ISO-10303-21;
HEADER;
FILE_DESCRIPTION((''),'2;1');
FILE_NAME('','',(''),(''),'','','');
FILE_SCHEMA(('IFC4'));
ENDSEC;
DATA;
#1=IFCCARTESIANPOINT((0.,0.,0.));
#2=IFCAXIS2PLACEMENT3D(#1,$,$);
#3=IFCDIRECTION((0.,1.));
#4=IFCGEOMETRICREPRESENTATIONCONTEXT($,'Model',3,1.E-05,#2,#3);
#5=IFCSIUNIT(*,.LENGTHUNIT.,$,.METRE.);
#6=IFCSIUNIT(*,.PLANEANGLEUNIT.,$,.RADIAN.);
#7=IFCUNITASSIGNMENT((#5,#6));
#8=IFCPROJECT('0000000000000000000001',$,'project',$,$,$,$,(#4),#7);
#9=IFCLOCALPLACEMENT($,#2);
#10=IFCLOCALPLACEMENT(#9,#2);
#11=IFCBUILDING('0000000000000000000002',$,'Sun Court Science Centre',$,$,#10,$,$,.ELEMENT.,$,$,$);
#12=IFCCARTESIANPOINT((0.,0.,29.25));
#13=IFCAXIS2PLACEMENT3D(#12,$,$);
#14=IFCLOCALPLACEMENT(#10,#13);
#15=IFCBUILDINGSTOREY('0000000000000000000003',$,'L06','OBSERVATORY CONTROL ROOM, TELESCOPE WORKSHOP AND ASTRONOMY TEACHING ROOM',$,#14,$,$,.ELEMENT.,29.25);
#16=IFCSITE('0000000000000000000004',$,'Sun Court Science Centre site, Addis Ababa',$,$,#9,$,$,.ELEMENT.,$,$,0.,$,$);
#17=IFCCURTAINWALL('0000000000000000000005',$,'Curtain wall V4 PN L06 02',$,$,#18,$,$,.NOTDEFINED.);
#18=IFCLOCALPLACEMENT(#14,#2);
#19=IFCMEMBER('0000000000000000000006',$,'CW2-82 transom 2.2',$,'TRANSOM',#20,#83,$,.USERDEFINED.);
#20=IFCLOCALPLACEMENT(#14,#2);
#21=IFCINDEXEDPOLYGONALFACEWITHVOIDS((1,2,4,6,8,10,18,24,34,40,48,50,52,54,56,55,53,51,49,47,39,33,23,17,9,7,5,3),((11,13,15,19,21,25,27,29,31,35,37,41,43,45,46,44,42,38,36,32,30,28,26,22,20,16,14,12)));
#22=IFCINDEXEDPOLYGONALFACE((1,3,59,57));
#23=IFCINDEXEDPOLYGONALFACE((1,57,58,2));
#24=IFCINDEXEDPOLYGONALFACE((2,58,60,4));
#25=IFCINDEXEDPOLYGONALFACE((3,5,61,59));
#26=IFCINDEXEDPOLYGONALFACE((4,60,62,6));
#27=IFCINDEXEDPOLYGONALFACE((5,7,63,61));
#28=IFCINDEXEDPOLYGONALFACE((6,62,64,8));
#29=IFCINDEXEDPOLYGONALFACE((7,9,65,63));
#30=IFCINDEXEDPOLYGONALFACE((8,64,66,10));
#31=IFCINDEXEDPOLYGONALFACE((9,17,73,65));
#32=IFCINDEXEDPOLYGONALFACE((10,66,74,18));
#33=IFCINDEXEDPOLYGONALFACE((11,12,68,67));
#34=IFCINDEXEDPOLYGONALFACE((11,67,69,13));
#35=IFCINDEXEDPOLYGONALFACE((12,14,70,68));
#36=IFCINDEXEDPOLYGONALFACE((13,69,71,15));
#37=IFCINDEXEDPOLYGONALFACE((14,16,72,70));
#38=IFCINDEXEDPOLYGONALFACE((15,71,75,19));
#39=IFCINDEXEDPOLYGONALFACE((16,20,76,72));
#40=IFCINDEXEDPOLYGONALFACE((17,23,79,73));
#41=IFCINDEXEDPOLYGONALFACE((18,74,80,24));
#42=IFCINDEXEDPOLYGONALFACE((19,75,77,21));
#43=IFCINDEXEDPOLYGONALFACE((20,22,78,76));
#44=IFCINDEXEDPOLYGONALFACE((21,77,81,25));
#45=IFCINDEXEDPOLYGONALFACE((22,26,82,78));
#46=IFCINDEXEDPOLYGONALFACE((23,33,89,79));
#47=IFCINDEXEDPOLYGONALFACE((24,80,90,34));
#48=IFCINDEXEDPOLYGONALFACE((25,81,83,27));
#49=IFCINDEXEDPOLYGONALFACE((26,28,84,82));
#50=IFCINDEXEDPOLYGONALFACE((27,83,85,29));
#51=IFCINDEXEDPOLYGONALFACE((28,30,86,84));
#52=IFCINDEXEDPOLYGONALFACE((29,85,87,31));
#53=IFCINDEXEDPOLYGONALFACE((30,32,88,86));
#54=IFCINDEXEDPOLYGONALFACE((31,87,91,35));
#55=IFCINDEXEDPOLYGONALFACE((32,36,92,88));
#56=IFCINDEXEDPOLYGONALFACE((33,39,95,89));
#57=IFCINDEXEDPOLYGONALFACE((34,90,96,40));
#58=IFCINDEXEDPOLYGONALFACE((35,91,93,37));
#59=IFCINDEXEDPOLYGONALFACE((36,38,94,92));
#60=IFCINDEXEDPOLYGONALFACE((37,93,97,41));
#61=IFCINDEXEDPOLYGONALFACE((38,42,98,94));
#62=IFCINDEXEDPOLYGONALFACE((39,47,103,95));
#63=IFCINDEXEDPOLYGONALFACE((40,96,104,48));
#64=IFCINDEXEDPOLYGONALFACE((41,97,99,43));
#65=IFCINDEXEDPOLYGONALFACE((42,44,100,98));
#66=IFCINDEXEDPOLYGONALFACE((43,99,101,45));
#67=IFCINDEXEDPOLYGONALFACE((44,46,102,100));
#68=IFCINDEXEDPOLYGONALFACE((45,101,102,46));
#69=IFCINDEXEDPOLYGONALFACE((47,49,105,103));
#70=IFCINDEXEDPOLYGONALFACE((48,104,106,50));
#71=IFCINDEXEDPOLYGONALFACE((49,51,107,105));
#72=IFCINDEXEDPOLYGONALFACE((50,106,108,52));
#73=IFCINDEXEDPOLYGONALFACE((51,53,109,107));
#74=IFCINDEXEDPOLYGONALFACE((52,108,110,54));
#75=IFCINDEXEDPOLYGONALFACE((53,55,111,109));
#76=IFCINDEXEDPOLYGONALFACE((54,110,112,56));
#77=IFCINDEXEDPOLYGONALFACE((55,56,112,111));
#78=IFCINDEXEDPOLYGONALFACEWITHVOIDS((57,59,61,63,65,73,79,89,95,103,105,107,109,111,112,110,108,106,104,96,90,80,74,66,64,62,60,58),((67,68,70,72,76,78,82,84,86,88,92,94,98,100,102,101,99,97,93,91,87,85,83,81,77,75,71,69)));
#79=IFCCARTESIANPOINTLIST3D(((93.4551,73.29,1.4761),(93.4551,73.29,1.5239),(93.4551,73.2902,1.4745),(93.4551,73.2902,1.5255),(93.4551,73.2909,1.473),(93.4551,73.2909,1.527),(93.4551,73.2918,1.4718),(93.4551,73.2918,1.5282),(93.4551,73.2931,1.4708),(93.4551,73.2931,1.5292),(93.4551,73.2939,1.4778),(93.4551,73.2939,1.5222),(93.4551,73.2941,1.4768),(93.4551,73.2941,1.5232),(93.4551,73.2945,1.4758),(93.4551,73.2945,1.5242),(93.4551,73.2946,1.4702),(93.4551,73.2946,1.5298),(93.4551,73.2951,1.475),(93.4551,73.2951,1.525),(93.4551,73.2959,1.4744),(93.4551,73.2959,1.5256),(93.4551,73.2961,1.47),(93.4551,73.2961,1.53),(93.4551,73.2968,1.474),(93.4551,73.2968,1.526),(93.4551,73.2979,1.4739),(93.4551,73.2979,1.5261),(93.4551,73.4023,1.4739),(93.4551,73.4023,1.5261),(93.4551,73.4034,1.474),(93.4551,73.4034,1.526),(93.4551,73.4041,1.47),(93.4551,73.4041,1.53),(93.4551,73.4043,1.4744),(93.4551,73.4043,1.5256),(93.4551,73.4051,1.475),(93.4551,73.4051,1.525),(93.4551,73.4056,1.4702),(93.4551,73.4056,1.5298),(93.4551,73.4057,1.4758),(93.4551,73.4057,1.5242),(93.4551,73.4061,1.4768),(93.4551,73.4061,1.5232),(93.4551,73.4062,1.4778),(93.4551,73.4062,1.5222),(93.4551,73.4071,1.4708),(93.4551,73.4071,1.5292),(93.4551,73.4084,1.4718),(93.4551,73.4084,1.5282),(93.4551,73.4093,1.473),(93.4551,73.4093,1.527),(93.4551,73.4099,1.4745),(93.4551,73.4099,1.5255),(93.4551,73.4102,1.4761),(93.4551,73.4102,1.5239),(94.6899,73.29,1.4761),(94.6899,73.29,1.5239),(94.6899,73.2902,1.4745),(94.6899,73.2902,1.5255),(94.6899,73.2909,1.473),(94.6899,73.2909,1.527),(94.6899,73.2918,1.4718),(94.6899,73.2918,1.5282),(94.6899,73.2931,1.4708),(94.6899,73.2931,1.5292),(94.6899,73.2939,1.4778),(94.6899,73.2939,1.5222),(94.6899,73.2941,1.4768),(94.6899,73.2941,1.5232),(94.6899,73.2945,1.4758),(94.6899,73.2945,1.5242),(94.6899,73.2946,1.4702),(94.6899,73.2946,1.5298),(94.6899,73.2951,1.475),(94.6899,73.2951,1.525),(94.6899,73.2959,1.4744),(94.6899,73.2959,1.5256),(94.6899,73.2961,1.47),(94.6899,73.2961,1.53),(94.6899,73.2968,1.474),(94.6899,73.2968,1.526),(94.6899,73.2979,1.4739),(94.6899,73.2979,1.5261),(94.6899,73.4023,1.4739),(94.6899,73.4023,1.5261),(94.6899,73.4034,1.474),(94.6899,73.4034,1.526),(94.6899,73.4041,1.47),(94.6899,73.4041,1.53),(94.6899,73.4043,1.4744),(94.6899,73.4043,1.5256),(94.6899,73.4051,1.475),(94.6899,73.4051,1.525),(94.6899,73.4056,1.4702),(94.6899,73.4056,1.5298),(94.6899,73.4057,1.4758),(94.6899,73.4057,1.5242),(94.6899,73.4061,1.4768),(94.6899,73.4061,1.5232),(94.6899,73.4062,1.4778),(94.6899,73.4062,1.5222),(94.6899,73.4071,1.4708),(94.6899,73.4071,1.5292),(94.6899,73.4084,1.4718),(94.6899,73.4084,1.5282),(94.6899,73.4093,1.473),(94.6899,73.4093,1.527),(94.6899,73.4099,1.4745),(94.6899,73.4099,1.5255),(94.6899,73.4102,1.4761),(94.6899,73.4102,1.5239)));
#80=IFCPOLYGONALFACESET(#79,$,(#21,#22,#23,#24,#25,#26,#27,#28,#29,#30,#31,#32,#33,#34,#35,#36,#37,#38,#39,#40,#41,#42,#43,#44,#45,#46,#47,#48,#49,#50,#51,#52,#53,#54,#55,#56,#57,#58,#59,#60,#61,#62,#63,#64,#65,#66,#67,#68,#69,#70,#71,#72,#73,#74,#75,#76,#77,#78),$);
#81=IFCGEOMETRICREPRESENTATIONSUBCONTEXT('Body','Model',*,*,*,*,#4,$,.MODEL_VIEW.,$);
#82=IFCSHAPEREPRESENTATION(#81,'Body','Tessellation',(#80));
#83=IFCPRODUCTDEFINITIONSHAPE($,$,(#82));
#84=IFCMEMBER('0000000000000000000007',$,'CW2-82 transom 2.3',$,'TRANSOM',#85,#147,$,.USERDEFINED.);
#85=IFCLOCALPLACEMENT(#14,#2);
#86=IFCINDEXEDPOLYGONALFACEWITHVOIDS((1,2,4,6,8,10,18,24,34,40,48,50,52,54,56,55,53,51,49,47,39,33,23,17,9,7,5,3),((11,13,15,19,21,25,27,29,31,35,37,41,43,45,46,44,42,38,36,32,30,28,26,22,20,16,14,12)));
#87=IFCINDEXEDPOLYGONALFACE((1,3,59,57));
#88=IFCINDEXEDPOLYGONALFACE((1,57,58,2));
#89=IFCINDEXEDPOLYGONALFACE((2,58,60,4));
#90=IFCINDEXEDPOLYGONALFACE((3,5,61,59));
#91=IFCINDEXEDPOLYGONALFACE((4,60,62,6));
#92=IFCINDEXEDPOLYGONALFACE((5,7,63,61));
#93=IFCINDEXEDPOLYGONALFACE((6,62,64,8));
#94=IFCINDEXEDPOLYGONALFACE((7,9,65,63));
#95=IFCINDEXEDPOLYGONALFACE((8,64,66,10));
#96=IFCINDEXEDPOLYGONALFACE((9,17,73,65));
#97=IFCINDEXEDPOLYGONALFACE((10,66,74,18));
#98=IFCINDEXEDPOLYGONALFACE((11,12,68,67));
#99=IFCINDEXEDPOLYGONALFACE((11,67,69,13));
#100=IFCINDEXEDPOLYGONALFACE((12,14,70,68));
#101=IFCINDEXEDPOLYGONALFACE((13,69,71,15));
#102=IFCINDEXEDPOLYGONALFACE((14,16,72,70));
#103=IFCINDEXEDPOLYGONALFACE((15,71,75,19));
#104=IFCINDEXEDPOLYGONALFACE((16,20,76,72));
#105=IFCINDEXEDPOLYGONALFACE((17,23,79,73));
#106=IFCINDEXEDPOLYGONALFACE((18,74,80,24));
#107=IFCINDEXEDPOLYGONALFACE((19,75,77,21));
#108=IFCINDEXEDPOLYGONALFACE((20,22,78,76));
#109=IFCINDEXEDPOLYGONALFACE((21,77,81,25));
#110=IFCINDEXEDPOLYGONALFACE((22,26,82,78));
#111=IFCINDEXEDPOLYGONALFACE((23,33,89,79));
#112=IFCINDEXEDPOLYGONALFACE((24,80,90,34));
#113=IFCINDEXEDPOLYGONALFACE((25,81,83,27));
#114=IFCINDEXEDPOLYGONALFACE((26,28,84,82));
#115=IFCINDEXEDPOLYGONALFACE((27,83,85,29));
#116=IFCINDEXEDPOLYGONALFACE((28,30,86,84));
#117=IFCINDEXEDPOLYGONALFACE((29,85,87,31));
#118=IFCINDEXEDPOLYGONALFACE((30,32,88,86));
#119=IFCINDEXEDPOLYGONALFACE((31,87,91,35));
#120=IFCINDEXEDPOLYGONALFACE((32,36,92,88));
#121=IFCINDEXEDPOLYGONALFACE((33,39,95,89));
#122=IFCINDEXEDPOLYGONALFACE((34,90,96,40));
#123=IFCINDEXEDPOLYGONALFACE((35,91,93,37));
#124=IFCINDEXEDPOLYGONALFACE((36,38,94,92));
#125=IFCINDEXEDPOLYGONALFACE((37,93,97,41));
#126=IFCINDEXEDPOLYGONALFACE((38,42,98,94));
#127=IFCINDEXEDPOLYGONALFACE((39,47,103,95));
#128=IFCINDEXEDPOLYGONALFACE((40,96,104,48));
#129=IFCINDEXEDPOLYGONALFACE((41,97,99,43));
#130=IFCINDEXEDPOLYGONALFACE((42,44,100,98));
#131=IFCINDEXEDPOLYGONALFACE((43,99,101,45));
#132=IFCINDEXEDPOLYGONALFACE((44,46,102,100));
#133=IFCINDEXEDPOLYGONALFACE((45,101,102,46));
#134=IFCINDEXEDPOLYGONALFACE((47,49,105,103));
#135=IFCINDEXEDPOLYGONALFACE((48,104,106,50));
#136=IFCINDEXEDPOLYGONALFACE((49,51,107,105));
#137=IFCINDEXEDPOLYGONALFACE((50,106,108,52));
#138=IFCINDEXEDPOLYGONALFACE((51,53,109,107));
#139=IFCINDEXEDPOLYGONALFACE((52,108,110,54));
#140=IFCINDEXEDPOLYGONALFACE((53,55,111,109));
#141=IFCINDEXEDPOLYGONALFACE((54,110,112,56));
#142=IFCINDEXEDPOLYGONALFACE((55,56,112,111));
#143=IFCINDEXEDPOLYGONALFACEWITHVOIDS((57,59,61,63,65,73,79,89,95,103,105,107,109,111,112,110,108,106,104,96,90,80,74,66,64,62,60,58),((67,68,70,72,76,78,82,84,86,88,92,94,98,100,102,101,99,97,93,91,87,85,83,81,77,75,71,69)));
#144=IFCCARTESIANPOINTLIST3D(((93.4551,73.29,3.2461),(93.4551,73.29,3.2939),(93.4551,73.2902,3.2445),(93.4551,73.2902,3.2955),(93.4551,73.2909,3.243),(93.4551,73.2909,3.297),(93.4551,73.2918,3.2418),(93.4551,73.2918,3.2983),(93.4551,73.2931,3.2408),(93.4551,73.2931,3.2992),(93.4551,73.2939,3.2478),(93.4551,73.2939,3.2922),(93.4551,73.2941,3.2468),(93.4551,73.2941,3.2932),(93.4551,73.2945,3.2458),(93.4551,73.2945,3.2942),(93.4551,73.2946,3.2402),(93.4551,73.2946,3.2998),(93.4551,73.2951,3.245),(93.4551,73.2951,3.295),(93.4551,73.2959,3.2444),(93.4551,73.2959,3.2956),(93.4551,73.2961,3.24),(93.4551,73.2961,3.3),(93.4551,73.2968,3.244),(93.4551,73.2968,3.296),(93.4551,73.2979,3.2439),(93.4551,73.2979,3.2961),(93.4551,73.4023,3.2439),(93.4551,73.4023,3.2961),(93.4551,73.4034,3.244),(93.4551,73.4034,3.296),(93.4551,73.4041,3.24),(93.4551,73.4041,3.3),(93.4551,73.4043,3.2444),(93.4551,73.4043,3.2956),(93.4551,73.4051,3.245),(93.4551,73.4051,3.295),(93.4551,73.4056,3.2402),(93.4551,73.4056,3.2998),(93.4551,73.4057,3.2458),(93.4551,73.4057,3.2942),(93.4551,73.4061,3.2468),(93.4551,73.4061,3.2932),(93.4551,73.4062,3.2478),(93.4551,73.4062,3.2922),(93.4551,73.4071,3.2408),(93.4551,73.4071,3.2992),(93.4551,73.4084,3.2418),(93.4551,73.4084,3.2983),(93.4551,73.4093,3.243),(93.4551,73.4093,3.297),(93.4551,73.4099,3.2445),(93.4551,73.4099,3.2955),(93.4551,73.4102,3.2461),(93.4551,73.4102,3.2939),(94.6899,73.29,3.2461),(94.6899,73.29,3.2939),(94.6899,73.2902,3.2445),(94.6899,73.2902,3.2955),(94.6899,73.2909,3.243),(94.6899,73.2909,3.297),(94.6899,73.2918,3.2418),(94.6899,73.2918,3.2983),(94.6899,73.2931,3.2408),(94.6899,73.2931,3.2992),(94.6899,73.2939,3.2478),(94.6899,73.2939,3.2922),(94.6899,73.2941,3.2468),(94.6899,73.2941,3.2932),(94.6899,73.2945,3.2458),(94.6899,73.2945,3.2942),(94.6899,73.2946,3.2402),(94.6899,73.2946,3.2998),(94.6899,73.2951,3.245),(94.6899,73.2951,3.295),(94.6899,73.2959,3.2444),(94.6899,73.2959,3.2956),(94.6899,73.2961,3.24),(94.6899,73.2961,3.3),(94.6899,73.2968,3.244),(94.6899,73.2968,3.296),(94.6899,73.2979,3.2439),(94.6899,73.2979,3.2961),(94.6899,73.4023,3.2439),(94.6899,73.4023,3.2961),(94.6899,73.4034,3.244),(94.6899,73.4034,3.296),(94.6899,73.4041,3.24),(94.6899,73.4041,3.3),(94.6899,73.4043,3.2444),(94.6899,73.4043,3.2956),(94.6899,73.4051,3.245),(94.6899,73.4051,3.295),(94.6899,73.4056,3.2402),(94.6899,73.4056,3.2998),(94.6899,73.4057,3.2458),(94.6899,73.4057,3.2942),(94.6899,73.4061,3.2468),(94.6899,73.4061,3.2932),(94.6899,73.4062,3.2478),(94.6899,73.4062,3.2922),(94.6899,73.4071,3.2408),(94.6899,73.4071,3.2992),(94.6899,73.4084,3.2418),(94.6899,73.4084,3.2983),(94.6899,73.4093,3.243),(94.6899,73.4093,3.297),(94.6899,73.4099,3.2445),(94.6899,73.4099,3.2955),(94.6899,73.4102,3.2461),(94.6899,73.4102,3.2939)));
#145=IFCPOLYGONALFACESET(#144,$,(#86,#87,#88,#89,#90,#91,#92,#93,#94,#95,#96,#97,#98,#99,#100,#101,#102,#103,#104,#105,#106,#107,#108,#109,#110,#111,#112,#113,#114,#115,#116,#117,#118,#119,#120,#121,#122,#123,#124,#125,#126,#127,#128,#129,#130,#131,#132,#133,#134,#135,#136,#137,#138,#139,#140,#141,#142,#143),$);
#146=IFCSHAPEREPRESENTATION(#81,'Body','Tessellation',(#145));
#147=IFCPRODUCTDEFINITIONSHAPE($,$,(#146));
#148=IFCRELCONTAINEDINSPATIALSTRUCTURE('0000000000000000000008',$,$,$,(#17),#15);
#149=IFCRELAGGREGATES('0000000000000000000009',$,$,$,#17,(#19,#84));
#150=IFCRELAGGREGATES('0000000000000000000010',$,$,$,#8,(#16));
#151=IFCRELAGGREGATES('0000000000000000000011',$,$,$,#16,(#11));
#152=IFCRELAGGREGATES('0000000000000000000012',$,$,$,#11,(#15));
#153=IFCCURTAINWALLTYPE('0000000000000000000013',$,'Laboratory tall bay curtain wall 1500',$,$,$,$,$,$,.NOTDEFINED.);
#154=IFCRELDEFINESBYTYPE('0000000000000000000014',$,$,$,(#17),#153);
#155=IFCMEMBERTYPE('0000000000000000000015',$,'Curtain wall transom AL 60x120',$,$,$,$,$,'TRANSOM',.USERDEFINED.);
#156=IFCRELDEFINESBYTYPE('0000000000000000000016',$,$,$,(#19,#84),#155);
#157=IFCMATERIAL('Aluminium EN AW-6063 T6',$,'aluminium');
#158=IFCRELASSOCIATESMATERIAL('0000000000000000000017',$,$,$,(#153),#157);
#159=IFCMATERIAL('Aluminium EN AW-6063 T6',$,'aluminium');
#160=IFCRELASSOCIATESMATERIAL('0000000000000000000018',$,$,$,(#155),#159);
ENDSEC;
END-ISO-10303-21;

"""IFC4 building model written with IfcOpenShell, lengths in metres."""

from ifc_helpers import new_model, si_unit, direction, frame, origin, origin_2d, place, context, subcontext, project, spatial, hollow_rectangle, extrude, material, material_profile, profile_set, type_object, element, aggregate, save


model = new_model("IFC4")

# Units and contexts
model_context = context("Model", 3, precision=1e-05, world=origin(), true_north=direction((0.0, 1.0)))
body_context = subcontext(model_context, "Body", "Model", "MODEL_VIEW")
ifc_project = project(units=[si_unit("LENGTHUNIT", "METRE"), si_unit("PLANEANGLEUNIT", "RADIAN")], contexts=[model_context])

# Site, building, storey
site_placement = place(None, origin())
site = spatial("IfcSite", under=ifc_project, at=site_placement, Name="Sun Court Science Centre site, Addis Ababa", CompositionType="ELEMENT", RefElevation=0.0)
building_placement = place(site_placement, origin())
building = spatial("IfcBuilding", under=site, at=building_placement, Name="Sun Court Science Centre", CompositionType="ELEMENT")
storey_placement = place(building_placement, frame((0.0, 0.0, 29.25)))
storey = spatial("IfcBuildingStorey", under=building, at=storey_placement, Name="L06", Description="OBSERVATORY CONTROL ROOM, TELESCOPE WORKSHOP AND ASTRONOMY TEACHING ROOM", CompositionType="ELEMENT", Elevation=29.25)

# Curtain wall
ifc_material_1 = material(Name="Aluminium EN AW-6063 T6", Category="aluminium")
curtain_wall_type = type_object("IfcCurtainWallType", Name="Laboratory tall bay curtain wall 1500", PredefinedType="NOTDEFINED", material=ifc_material_1)
curtain_wall_1_placement = place(storey_placement, origin())
curtain_wall_1 = element("IfcCurtainWall", 1, at=curtain_wall_1_placement, inside=storey, type_object=curtain_wall_type, Name="Curtain wall V4 PN L06 02", PredefinedType="NOTDEFINED")

# Members
ifc_material_2 = material(Name="Aluminium EN AW-6063 T6", Category="aluminium")
ifc_material_profile_1 = material_profile(ifc_material_2, hollow_rectangle(XDim=0.0601, YDim=0.1201, WallThickness=0.0039, InnerFilletRadius=0.0039, OuterFilletRadius=0.0061, at=origin_2d()), Name="AL 60x120x4")
ifc_profile_set_1 = profile_set([ifc_material_profile_1], Name="Aluminium EN AW-6063 T6")
member_type_1 = type_object("IfcMemberType", Name="Curtain wall transom AL 60x120", ElementType="TRANSOM", PredefinedType="USERDEFINED", material=ifc_profile_set_1)
member_1_placement = place(storey_placement, frame((93.4551, 73.3501, 1.5), z_axis=(1.0, 0.0, 0.0), x_axis=(0.0, 0.0, 1.0)))
member_1 = element("IfcMember", 2, at=member_1_placement, type_object=member_type_1, Name="CW2-82 transom 2.2", ObjectType="TRANSOM", PredefinedType="USERDEFINED", context=body_context, shape_type="SweptSolid", body=[
    extrude(hollow_rectangle(XDim=0.0601, YDim=0.1201, WallThickness=0.0039, InnerFilletRadius=0.0039, OuterFilletRadius=0.0061, at=origin_2d()), origin(), (0.0, 0.0, 1.0), 1.2349),
])
member_2_placement = place(storey_placement, frame((93.4551, 73.3501, 3.27), z_axis=(1.0, 0.0, 0.0), x_axis=(0.0, 0.0, 1.0)))
member_2 = element("IfcMember", 3, at=member_2_placement, type_object=member_type_1, Name="CW2-82 transom 2.3", ObjectType="TRANSOM", PredefinedType="USERDEFINED", context=body_context, shape_type="SweptSolid", body=[
    extrude(hollow_rectangle(XDim=0.0601, YDim=0.1201, WallThickness=0.0039, InnerFilletRadius=0.0039, OuterFilletRadius=0.0061, at=origin_2d()), origin(), (0.0, 0.0, 1.0), 1.2349),
])

aggregate(curtain_wall_1, [member_1, member_2])

save(model, "model.ifc")
